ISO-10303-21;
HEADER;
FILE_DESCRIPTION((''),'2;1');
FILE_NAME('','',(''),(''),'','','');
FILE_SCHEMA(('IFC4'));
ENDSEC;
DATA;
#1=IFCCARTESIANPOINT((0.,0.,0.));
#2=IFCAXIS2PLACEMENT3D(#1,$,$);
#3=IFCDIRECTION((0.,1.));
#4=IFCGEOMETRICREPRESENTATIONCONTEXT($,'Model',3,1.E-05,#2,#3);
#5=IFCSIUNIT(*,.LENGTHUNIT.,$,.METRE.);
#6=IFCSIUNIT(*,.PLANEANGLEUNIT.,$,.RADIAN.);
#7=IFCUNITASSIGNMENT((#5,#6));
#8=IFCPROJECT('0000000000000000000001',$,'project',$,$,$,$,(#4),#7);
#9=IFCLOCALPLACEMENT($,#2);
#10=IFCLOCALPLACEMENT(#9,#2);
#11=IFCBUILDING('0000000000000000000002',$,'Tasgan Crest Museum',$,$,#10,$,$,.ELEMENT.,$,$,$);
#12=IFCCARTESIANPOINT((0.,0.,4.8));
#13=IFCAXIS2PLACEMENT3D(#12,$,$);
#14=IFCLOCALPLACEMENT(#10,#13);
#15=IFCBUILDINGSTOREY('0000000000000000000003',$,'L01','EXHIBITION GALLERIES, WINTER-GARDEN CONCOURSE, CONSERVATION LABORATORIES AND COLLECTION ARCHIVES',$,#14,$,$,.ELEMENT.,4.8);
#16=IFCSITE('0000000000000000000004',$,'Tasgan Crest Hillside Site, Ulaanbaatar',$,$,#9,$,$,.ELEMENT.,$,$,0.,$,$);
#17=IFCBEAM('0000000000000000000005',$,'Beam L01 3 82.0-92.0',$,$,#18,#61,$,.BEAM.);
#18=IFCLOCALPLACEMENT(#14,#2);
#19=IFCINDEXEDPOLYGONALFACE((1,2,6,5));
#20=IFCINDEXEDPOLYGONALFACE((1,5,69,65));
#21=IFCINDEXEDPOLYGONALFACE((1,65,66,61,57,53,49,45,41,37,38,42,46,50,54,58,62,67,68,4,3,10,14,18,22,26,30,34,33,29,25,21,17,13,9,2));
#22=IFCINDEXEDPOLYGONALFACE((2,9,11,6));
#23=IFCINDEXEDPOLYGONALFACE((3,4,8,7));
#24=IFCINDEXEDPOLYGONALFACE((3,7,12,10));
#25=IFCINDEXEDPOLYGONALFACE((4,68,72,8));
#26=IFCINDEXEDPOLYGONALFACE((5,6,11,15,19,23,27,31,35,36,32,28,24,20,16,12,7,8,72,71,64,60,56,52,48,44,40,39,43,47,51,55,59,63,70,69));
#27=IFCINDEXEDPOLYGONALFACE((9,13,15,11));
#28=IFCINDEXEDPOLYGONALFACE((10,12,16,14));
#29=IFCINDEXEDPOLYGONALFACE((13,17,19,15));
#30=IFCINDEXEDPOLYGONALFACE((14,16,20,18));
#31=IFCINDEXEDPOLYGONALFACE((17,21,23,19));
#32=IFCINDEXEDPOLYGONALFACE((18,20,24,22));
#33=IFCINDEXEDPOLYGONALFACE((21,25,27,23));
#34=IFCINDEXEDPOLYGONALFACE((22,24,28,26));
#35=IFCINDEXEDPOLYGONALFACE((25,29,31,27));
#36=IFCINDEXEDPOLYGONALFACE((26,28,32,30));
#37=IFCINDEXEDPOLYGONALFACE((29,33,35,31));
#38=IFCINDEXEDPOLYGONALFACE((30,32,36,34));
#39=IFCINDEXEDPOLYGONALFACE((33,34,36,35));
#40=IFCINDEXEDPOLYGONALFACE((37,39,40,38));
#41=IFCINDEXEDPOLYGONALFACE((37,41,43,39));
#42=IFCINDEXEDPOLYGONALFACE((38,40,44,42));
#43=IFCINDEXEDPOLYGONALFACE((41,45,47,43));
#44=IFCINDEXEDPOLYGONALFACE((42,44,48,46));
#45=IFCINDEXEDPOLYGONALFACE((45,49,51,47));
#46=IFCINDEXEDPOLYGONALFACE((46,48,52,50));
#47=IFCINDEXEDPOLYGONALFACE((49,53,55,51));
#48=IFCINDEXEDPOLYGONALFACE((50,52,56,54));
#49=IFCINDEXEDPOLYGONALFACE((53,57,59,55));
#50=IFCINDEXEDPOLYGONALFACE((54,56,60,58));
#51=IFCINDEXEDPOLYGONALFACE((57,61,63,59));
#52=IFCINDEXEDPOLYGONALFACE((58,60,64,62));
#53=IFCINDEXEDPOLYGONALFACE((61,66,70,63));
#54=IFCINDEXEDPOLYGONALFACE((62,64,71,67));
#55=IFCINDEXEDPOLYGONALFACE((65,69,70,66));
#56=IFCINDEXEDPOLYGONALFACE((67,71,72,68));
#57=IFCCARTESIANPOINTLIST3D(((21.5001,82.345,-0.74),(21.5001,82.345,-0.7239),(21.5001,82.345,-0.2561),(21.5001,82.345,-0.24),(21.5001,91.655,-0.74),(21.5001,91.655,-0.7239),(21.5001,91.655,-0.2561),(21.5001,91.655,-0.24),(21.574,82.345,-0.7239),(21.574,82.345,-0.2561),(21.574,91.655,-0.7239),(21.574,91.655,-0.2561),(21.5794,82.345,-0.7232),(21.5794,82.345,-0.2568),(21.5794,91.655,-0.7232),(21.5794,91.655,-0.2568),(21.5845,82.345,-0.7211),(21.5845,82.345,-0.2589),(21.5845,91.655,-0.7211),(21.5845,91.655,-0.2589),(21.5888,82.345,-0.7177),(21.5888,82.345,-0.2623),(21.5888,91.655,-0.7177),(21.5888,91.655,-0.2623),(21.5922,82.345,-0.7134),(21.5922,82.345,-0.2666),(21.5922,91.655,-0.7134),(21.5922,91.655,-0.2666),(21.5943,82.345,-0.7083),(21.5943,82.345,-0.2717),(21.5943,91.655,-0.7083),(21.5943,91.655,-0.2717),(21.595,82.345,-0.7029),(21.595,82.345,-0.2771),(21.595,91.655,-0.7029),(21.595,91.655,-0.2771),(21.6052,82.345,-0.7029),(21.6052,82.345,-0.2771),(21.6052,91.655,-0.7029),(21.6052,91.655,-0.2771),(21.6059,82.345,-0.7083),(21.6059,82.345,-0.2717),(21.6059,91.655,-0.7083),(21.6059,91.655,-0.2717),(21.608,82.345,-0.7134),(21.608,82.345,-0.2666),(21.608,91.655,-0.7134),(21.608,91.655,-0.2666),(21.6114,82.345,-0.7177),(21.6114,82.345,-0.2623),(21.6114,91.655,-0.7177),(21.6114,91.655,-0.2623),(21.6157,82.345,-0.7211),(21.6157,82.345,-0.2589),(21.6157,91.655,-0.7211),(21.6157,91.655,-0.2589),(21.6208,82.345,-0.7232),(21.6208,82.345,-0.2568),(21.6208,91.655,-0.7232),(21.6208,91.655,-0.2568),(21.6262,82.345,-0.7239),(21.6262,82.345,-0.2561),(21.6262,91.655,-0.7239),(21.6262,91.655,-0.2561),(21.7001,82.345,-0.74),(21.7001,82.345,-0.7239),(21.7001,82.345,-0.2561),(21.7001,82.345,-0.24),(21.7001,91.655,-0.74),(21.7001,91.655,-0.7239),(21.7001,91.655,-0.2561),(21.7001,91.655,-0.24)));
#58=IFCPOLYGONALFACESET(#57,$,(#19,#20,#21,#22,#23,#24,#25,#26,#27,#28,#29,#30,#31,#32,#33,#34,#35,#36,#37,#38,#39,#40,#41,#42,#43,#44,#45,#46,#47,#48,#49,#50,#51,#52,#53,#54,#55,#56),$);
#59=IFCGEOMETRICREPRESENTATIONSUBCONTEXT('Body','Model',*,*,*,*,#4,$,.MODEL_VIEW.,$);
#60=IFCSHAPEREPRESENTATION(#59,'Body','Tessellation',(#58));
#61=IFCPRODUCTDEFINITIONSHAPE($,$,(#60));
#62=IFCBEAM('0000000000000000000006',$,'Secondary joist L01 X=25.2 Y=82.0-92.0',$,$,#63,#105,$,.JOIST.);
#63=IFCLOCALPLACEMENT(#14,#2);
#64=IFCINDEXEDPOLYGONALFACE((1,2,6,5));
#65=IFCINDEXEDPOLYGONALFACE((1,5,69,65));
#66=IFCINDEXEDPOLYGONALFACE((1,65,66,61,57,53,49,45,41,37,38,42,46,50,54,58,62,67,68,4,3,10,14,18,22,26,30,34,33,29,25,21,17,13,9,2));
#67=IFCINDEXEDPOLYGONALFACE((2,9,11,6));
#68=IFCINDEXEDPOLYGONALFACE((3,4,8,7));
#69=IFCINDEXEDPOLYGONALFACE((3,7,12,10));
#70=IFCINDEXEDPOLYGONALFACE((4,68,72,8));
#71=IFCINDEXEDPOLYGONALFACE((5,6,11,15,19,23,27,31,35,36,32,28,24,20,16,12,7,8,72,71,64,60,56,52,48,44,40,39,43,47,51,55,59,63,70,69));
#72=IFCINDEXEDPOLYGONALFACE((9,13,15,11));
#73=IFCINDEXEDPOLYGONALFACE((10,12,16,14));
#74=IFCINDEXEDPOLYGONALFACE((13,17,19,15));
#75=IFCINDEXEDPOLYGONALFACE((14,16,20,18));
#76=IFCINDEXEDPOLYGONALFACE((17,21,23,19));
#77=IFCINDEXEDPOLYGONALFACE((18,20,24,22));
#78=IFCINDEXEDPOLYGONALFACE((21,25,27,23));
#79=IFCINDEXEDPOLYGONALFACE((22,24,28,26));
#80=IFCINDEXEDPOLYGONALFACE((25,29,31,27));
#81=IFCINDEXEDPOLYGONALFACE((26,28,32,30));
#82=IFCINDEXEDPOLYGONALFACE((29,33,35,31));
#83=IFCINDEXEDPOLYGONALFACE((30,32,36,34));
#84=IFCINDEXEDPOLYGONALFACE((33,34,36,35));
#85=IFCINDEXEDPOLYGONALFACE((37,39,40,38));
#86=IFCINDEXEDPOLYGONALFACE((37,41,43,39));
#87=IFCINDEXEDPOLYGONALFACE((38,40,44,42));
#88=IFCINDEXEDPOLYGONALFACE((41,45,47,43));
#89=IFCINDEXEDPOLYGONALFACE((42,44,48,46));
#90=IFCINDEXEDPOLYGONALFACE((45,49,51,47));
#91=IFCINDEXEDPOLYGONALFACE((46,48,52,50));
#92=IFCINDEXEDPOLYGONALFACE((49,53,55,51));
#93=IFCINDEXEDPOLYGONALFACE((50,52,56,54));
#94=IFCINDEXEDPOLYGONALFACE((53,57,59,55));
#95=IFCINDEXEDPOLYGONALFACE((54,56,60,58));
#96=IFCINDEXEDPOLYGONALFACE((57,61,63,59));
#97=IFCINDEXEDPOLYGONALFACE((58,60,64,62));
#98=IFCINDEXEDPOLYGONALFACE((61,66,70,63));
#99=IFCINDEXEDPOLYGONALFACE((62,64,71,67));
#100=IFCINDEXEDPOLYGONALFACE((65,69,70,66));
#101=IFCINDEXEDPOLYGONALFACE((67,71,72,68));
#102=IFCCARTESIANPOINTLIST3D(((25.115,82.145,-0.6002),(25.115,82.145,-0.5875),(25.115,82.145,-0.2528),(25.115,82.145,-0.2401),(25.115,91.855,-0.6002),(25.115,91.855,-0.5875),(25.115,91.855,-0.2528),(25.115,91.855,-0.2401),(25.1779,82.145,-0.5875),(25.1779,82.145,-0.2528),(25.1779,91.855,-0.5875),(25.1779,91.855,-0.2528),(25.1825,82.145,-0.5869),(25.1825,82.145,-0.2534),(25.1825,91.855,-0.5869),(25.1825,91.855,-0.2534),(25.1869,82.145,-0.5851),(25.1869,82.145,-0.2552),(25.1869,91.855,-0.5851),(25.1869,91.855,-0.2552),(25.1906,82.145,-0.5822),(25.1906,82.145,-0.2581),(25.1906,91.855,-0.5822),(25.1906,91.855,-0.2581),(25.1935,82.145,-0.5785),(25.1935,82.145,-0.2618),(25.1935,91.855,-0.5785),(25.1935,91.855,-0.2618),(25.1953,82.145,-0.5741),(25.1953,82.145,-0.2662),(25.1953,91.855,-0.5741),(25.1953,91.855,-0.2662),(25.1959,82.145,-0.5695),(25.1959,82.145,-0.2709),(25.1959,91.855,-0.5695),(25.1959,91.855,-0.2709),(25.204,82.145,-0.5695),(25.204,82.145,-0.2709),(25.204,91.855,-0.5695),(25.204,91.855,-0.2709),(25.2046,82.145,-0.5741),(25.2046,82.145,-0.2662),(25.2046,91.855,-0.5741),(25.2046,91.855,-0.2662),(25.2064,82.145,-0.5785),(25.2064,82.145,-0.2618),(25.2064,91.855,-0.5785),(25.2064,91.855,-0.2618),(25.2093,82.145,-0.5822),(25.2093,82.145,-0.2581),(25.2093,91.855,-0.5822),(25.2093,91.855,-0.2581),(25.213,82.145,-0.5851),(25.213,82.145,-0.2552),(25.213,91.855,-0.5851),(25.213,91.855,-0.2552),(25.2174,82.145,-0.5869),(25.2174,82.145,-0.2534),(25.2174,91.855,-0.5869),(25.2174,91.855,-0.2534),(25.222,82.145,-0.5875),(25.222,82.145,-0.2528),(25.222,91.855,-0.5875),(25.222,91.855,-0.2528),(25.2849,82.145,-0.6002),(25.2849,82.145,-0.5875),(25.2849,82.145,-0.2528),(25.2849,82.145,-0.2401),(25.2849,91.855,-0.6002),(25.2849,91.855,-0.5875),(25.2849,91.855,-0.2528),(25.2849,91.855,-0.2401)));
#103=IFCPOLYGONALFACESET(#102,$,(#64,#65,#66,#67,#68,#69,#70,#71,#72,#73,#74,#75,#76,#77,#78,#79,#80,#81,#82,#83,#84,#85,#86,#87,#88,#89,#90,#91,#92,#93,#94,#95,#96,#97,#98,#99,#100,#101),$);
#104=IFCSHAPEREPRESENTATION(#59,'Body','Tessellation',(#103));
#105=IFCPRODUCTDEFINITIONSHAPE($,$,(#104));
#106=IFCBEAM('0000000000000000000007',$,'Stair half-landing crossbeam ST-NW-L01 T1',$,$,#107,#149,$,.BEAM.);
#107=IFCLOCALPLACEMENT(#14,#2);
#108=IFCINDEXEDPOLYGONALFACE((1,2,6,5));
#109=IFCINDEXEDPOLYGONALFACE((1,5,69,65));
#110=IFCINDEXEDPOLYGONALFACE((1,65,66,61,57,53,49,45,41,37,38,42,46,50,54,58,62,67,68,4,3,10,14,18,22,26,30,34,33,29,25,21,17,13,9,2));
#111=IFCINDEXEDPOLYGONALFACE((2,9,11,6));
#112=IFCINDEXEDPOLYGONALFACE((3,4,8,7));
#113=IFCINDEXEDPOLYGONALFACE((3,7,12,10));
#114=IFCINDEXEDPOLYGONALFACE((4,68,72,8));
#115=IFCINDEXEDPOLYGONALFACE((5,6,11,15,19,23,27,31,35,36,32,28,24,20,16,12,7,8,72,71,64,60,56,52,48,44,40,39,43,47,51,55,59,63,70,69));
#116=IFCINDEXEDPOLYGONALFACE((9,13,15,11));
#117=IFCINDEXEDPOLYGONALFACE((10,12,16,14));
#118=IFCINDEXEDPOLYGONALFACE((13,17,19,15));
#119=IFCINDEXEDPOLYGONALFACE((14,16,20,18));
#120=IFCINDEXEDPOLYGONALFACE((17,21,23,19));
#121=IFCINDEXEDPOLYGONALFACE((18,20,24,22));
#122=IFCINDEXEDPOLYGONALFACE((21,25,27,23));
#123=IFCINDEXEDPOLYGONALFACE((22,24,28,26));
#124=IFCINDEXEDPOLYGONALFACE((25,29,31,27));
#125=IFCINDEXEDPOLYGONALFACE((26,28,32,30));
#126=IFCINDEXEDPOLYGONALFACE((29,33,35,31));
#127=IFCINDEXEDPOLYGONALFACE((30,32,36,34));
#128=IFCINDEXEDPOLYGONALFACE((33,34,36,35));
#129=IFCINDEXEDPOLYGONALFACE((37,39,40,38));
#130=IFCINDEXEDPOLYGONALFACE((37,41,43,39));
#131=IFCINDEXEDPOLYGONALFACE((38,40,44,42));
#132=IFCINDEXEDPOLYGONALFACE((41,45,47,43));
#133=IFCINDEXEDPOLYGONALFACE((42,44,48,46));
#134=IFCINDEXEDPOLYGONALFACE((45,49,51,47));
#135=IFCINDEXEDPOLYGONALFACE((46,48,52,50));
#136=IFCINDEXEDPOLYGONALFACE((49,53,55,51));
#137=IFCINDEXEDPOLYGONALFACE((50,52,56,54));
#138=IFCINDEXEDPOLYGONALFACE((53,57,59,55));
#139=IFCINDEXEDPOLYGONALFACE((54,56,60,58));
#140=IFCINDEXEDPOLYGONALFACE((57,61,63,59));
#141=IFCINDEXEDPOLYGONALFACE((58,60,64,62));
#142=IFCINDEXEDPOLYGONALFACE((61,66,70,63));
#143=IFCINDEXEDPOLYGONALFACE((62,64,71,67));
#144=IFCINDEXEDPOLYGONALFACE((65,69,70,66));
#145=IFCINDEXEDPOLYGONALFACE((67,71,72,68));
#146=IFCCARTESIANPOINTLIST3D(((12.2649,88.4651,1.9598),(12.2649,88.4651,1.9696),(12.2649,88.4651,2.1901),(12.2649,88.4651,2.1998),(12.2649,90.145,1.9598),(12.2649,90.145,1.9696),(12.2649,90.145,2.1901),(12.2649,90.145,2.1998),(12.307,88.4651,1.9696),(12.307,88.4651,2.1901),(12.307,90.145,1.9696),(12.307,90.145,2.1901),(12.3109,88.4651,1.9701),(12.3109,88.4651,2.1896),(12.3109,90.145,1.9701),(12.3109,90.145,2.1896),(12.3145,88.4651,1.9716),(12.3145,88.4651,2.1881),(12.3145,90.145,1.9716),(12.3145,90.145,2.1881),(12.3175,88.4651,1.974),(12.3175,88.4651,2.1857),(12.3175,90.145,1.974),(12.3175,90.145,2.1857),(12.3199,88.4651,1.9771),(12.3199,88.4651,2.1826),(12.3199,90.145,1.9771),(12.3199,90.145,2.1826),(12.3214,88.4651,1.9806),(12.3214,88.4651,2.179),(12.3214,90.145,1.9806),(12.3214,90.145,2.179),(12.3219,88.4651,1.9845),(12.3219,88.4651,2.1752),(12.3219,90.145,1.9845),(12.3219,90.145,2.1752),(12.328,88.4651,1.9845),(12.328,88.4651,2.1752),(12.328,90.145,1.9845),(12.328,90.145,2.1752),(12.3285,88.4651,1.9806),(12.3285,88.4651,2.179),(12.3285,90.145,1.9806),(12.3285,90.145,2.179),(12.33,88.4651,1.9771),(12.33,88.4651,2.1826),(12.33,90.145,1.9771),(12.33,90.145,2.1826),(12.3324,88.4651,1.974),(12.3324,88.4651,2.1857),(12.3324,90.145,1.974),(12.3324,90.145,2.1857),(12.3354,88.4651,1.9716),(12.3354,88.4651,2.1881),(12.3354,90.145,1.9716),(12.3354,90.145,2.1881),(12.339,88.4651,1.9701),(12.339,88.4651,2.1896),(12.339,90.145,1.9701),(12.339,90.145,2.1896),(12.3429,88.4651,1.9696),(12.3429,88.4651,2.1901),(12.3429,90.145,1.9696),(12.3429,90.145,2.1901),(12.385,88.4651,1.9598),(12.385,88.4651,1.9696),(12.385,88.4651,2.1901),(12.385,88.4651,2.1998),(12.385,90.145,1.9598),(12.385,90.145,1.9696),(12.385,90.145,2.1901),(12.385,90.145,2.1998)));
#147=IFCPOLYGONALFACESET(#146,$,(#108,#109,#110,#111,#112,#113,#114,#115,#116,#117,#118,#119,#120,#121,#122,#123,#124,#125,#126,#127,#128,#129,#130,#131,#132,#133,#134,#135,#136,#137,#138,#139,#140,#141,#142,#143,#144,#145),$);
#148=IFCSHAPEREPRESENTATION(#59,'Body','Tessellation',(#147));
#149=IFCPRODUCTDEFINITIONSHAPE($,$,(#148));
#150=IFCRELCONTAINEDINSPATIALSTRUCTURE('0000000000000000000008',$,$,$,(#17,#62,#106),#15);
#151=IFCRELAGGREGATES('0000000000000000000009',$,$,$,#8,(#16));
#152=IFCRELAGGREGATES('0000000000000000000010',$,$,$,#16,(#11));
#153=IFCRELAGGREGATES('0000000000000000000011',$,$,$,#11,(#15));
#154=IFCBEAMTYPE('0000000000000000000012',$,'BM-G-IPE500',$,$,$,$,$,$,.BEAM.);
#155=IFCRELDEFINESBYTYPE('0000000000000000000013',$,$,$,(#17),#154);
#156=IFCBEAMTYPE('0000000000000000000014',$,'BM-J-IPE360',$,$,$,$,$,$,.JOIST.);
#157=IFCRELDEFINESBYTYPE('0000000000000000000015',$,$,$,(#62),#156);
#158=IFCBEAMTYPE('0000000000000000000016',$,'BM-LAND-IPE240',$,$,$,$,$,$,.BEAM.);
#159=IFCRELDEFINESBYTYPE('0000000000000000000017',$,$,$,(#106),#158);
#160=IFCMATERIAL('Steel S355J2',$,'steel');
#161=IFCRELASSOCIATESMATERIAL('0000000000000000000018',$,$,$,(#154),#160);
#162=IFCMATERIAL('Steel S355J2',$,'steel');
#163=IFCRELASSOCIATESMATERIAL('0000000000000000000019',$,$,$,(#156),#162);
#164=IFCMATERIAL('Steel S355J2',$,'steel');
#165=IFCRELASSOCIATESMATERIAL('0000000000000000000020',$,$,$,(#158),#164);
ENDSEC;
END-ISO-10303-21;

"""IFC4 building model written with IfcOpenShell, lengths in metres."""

from ifc_helpers import new_model, si_unit, direction, frame, origin, origin_2d, place, context, subcontext, project, spatial, i_section, extrude, material, material_profile, profile_set, type_object, element, save


model = new_model("IFC4")

# Units and contexts
model_context = context("Model", 3, precision=1e-05, world=origin(), true_north=direction((0.0, 1.0)))
body_context = subcontext(model_context, "Body", "Model", "MODEL_VIEW")
ifc_project = project(units=[si_unit("LENGTHUNIT", "METRE"), si_unit("PLANEANGLEUNIT", "RADIAN")], contexts=[model_context])

# Site, building, storey
site_placement = place(None, origin())
site = spatial("IfcSite", under=ifc_project, at=site_placement, Name="Tasgan Crest Hillside Site, Ulaanbaatar", CompositionType="ELEMENT", RefElevation=0.0)
building_placement = place(site_placement, origin())
building = spatial("IfcBuilding", under=site, at=building_placement, Name="Tasgan Crest Museum", CompositionType="ELEMENT")
storey_placement = place(building_placement, frame((0.0, 0.0, 4.8)))
storey = spatial("IfcBuildingStorey", under=building, at=storey_placement, Name="L01", Description="EXHIBITION GALLERIES, WINTER-GARDEN CONCOURSE, CONSERVATION LABORATORIES AND COLLECTION ARCHIVES", CompositionType="ELEMENT", Elevation=4.8)

# Beams
ifc_material_1 = material(Name="Steel S355J2", Category="steel")
ifc_material_profile_1 = material_profile(ifc_material_1, i_section(OverallWidth=0.2, OverallDepth=0.5, WebThickness=0.0103, FlangeThickness=0.0161, FilletRadius=0.021, at=origin_2d()), Name="IPE 500")
ifc_profile_set_1 = profile_set([ifc_material_profile_1], Name="Steel S355J2")
beam_type_1 = type_object("IfcBeamType", Name="BM-G-IPE500", PredefinedType="BEAM", material=ifc_profile_set_1)
beam_1_placement = place(storey_placement, frame((21.6001, 82.345, -0.49), z_axis=(0.0, 1.0, 0.0), x_axis=(-1.0, 0.0, 0.0)))
element("IfcBeam", 1, at=beam_1_placement, inside=storey, type_object=beam_type_1, Name="Beam L01 3 82.0-92.0", PredefinedType="BEAM", context=body_context, shape_type="SweptSolid", body=[
    extrude(i_section(OverallWidth=0.2, OverallDepth=0.5, WebThickness=0.0103, FlangeThickness=0.0161, FilletRadius=0.021, at=origin_2d()), origin(), (0.0, 0.0, 1.0), 9.3101),
])
ifc_material_2 = material(Name="Steel S355J2", Category="steel")
ifc_material_profile_2 = material_profile(ifc_material_2, i_section(OverallWidth=0.1699, OverallDepth=0.3601, WebThickness=0.0081, FlangeThickness=0.0127, FilletRadius=0.0181, at=origin_2d()), Name="IPE 360")
ifc_profile_set_2 = profile_set([ifc_material_profile_2], Name="Steel S355J2")
beam_type_2 = type_object("IfcBeamType", Name="BM-J-IPE360", PredefinedType="JOIST", material=ifc_profile_set_2)
beam_2_placement = place(storey_placement, frame((25.2, 82.145, -0.4202), z_axis=(0.0, 1.0, 0.0), x_axis=(-1.0, 0.0, 0.0)))
element("IfcBeam", 2, at=beam_2_placement, inside=storey, type_object=beam_type_2, Name="Secondary joist L01 X=25.2 Y=82.0-92.0", PredefinedType="JOIST", context=body_context, shape_type="SweptSolid", body=[
    extrude(i_section(OverallWidth=0.1699, OverallDepth=0.3601, WebThickness=0.0081, FlangeThickness=0.0127, FilletRadius=0.0181, at=origin_2d()), origin(), (0.0, 0.0, 1.0), 9.71),
])
ifc_material_3 = material(Name="Steel S355J2", Category="steel")
ifc_material_profile_3 = material_profile(ifc_material_3, i_section(OverallWidth=0.1201, OverallDepth=0.24, WebThickness=0.0061, FlangeThickness=0.0098, FilletRadius=0.0149, at=origin_2d()), Name="IPE 240")
ifc_profile_set_3 = profile_set([ifc_material_profile_3], Name="Steel S355J2")
beam_type_3 = type_object("IfcBeamType", Name="BM-LAND-IPE240", PredefinedType="BEAM", material=ifc_profile_set_3)
beam_3_placement = place(storey_placement, frame((12.325, 88.4651, 2.0798), z_axis=(0.0, 1.0, 0.0), x_axis=(-1.0, 0.0, 0.0)))
element("IfcBeam", 3, at=beam_3_placement, inside=storey, type_object=beam_type_3, Name="Stair half-landing crossbeam ST-NW-L01 T1", PredefinedType="BEAM", context=body_context, shape_type="SweptSolid", body=[
    extrude(i_section(OverallWidth=0.1201, OverallDepth=0.24, WebThickness=0.0061, FlangeThickness=0.0098, FilletRadius=0.0149, at=origin_2d()), origin(), (0.0, 0.0, 1.0), 1.6799),
])

save(model, "model.ifc")
